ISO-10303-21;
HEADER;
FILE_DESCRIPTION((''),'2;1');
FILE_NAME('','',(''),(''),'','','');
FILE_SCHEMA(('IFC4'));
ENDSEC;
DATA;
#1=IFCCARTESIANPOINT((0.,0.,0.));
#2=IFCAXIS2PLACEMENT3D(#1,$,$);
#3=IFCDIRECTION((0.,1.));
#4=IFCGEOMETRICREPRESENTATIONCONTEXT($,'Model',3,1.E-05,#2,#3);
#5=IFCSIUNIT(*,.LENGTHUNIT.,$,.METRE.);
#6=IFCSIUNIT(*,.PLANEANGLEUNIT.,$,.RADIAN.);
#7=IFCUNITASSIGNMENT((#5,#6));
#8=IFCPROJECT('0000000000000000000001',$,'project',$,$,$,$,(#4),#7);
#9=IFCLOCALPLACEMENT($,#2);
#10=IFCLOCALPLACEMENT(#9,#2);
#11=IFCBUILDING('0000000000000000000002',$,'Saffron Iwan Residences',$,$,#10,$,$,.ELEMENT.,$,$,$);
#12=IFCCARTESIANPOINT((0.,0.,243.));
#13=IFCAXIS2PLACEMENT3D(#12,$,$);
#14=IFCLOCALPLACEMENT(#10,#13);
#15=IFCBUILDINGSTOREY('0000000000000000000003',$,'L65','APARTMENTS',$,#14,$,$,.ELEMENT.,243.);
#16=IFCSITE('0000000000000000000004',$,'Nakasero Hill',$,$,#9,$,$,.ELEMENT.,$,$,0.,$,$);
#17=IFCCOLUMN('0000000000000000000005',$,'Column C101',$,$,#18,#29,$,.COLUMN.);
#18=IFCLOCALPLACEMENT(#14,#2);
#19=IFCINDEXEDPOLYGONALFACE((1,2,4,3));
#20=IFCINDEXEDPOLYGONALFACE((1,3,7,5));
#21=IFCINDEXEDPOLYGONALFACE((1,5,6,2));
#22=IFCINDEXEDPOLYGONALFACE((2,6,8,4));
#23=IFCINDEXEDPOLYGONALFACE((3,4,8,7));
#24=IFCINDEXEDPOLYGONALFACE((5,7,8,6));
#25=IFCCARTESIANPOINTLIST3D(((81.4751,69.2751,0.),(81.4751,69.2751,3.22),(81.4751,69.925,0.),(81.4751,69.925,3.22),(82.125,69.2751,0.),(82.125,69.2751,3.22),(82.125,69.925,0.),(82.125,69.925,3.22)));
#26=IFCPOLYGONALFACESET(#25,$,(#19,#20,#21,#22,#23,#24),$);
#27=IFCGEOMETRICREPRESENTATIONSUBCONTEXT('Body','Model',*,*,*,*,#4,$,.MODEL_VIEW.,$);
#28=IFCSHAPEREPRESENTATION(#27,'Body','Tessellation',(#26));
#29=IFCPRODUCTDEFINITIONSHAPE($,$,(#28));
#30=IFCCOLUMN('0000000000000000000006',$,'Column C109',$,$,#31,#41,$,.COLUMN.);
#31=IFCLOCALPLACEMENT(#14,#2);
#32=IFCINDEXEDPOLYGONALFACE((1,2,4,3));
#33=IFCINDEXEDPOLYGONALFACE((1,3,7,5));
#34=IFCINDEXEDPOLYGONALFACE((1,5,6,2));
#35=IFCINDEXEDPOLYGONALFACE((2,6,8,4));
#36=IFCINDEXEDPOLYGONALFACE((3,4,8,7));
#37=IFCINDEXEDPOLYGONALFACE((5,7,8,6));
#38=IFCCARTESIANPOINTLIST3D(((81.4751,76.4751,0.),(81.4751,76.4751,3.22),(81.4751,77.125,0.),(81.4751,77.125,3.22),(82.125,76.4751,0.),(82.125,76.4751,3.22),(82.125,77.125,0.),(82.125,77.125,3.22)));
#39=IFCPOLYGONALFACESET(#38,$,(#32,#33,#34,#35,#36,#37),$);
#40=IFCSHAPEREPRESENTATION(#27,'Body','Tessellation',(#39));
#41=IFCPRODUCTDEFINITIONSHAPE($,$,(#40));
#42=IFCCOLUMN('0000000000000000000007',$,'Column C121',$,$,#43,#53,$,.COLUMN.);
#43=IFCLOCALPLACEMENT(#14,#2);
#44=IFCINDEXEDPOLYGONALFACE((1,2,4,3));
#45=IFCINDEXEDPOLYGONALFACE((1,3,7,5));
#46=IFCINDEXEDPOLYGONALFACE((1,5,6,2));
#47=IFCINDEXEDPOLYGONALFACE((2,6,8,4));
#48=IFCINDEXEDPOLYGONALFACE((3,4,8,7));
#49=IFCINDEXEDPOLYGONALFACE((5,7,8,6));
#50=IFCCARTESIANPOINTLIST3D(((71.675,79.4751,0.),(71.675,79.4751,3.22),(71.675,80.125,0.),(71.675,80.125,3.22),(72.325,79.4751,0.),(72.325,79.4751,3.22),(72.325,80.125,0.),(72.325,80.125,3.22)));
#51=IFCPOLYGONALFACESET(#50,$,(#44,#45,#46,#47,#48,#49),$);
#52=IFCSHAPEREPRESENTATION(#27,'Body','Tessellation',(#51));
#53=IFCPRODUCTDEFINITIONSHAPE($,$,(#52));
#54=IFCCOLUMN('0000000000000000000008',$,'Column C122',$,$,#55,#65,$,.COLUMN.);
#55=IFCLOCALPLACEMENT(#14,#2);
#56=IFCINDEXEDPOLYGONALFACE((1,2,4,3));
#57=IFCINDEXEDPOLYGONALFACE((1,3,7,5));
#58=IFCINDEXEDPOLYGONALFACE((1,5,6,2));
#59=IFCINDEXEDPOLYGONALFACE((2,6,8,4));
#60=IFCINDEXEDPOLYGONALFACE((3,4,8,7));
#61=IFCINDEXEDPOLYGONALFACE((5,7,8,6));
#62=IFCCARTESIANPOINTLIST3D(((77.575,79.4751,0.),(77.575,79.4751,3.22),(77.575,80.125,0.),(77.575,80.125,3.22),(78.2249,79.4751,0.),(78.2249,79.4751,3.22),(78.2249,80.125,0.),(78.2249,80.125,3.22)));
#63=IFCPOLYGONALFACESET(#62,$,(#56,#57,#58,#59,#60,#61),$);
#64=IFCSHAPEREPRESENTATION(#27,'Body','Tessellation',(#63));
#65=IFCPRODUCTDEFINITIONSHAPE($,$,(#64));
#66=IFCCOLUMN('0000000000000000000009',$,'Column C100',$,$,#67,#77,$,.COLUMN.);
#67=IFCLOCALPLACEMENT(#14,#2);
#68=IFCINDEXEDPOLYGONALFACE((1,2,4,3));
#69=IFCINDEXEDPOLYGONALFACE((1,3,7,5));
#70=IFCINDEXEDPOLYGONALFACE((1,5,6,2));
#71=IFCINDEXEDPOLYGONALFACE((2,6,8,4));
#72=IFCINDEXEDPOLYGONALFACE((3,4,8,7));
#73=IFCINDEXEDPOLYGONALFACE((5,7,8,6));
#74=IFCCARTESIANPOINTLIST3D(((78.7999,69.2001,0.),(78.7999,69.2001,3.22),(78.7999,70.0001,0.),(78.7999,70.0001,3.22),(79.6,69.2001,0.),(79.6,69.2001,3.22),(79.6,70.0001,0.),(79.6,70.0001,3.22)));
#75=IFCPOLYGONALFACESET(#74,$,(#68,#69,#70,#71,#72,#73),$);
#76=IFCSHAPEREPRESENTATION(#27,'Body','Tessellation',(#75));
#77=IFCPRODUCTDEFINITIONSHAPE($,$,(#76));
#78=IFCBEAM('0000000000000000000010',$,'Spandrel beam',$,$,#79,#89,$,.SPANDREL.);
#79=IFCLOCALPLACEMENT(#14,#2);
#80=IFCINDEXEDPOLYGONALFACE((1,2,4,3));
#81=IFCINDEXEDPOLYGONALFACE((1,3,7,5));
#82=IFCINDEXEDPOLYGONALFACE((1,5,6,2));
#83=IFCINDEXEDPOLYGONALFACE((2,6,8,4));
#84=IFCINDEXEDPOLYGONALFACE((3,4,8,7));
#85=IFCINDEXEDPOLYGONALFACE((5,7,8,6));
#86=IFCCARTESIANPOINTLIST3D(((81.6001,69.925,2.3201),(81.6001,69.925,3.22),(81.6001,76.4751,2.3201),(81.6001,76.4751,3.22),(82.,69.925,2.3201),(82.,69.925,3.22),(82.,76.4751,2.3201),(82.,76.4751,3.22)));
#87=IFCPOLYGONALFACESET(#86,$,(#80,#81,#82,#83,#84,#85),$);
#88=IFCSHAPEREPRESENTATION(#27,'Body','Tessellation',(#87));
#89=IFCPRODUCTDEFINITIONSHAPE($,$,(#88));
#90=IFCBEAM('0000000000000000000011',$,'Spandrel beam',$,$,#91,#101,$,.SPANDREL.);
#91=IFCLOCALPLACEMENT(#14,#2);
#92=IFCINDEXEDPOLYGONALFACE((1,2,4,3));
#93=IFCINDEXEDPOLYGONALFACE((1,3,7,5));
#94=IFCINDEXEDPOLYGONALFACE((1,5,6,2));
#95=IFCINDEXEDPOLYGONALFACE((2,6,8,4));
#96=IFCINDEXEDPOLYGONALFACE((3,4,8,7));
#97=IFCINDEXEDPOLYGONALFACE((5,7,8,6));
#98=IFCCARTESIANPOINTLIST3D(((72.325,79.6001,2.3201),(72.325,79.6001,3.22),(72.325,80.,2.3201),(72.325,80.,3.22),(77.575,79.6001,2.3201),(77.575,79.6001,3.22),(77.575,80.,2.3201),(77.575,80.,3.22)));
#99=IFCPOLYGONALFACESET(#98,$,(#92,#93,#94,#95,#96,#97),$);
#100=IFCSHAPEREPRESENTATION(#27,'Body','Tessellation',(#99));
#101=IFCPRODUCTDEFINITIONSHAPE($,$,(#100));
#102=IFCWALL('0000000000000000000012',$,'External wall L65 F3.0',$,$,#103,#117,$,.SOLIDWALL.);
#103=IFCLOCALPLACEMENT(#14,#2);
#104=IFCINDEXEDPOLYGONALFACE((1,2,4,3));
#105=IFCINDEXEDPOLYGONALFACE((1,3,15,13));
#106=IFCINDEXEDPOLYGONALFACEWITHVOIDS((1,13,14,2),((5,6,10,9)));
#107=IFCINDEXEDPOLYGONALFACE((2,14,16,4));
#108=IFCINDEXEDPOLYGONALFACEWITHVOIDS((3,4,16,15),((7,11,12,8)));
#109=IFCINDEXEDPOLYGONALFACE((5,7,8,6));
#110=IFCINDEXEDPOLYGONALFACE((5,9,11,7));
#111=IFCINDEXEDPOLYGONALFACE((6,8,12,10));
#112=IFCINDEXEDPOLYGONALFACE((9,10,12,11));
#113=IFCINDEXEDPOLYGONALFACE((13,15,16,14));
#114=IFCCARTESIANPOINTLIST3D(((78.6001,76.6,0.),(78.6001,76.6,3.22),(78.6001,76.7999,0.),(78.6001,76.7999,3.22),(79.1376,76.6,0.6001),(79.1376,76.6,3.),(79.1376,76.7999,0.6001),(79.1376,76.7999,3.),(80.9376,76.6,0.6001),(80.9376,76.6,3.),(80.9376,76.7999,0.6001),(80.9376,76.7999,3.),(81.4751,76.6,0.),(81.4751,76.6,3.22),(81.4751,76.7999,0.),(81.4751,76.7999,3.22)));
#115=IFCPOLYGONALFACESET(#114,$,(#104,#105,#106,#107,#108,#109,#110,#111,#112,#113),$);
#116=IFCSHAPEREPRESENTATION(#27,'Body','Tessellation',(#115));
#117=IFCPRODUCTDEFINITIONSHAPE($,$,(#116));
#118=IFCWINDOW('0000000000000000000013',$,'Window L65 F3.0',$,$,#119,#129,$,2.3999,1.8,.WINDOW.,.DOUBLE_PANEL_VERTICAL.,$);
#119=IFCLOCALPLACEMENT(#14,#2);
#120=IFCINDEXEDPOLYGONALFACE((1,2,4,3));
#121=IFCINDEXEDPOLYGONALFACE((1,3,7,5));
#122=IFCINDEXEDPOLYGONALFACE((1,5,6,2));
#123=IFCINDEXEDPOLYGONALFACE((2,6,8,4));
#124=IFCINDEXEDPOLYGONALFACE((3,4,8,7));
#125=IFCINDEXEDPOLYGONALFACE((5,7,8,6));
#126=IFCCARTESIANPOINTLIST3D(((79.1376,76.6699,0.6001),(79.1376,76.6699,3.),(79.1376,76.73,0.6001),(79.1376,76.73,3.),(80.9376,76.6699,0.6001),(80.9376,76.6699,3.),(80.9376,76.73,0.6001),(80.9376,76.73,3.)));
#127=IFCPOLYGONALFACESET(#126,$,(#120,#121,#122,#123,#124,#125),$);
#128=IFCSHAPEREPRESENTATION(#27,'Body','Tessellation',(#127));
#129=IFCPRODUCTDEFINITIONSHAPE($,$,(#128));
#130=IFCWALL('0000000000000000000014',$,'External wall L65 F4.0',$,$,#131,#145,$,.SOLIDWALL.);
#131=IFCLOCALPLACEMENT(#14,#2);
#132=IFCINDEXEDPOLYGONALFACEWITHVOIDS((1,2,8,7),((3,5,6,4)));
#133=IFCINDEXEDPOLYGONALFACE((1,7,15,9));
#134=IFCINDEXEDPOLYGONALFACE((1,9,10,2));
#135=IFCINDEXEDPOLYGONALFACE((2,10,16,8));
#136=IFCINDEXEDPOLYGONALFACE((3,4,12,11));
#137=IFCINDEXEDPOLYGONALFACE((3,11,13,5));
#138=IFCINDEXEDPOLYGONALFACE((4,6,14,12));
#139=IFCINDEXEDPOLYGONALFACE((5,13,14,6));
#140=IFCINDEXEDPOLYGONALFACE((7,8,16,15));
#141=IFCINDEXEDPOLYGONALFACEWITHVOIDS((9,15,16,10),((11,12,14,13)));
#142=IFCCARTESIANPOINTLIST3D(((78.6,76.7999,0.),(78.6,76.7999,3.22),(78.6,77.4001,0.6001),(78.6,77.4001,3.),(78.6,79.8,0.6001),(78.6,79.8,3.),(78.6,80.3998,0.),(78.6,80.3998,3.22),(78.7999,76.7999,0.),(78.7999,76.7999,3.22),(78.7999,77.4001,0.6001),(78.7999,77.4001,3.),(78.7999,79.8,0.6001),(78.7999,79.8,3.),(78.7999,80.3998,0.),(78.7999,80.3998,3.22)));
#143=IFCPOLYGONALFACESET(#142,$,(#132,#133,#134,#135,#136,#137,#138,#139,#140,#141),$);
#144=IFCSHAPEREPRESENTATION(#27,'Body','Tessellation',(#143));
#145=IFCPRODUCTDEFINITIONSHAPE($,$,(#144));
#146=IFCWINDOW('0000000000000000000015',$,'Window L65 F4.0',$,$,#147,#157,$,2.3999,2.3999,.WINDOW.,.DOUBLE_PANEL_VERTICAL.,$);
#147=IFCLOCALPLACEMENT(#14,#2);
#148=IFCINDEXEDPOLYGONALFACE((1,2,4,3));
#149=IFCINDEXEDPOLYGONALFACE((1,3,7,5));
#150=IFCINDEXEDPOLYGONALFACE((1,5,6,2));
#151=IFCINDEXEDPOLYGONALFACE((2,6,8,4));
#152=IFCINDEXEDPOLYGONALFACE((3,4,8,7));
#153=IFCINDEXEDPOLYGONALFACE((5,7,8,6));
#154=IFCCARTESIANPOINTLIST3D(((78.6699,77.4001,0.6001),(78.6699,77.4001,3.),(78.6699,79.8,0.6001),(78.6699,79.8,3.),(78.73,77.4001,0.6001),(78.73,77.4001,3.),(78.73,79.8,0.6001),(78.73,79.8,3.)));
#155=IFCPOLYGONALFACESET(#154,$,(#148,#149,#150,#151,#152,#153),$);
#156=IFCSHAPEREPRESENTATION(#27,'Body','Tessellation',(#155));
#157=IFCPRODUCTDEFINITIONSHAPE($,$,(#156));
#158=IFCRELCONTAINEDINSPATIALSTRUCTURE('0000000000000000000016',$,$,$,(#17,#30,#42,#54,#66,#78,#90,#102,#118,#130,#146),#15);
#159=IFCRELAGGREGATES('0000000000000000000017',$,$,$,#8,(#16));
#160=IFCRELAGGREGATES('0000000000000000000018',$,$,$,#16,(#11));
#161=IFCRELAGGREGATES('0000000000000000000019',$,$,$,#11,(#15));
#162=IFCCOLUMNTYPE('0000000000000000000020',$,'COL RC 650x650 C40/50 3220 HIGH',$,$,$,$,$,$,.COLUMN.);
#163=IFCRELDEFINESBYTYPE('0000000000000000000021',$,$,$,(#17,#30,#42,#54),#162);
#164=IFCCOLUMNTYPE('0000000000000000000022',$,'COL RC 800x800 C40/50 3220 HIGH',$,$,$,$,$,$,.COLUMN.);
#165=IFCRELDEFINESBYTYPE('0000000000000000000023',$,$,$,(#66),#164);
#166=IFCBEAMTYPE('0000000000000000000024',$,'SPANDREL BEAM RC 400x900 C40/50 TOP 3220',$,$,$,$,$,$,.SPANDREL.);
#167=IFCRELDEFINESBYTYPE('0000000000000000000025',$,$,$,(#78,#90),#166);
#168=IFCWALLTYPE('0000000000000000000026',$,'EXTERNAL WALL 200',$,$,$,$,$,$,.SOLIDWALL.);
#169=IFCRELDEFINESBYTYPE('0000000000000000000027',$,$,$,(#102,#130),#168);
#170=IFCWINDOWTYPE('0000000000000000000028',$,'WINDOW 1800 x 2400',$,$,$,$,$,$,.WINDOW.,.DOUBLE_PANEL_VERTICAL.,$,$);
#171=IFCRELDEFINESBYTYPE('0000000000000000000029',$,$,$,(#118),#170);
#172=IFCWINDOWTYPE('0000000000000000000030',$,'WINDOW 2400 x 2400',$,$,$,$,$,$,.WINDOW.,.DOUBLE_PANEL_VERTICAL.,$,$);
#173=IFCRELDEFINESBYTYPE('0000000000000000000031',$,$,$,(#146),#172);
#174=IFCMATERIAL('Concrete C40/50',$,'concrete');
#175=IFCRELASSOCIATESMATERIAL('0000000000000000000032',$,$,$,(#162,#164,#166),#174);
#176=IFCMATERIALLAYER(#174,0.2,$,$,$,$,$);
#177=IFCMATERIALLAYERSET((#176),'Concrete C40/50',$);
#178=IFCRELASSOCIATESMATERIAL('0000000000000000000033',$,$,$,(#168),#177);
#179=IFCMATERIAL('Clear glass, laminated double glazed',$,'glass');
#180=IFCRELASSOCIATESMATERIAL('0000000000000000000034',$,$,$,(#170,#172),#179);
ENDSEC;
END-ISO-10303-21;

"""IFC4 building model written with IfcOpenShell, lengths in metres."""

from ifc_helpers import new_model, si_unit, direction, frame, frame_2d, origin, origin_2d, place, context, subcontext, project, spatial, rectangle, extrude, source, transform, mapped, material, layer, layer_set, material_profile, profile_set, type_object, element, fill, save


model = new_model("IFC4")

# Units and contexts
model_context = context("Model", 3, precision=1e-05, world=origin(), true_north=direction((0.0, 1.0)))
body_context = subcontext(model_context, "Body", "Model", "MODEL_VIEW")
ifc_project = project(units=[si_unit("LENGTHUNIT", "METRE"), si_unit("PLANEANGLEUNIT", "RADIAN")], contexts=[model_context])

# Site, building, storey
site_placement = place(None, origin())
site = spatial("IfcSite", under=ifc_project, at=site_placement, Name="Nakasero Hill", CompositionType="ELEMENT", RefElevation=0.0)
building_placement = place(site_placement, origin())
building = spatial("IfcBuilding", under=site, at=building_placement, Name="Saffron Iwan Residences", CompositionType="ELEMENT")
storey_placement = place(building_placement, frame((0.0, 0.0, 243.0)))
storey = spatial("IfcBuildingStorey", under=building, at=storey_placement, Name="L65", Description="APARTMENTS", CompositionType="ELEMENT", Elevation=243.0)

# Columns
ifc_material_1 = material(Name="Concrete C40/50", Category="concrete")
ifc_material_profile_1 = material_profile(ifc_material_1, rectangle(XDim=0.6499, YDim=0.6499, at=origin_2d()), Name="RC 650x650")
ifc_profile_set_1 = profile_set([ifc_material_profile_1], Name="Concrete C40/50")
column_type_1 = type_object("IfcColumnType", Name="COL RC 650x650 C40/50 3220 HIGH", PredefinedType="COLUMN", material=ifc_profile_set_1)
shared_shape_1 = source(origin(), body_context, "Body", "SweptSolid", [
    extrude(rectangle(XDim=0.6499, YDim=0.6499, at=origin_2d()), origin(), (0.0, 0.0, 1.0), 3.22),
])
for number, where, z_axis, x_axis, name in (
    (1, (81.8, 69.6001, 0.0), (0.0, 0.0, 1.0), (1.0, 0.0, 0.0), "Column C101"),
    (2, (81.8, 76.8, 0.0), (0.0, 0.0, 1.0), (1.0, 0.0, 0.0), "Column C109"),
    (3, (72.0, 79.8, 0.0), (0.0, 0.0, 1.0), (1.0, 0.0, 0.0), "Column C121"),
    (4, (77.8999, 79.8, 0.0), (0.0, 0.0, 1.0), (1.0, 0.0, 0.0), "Column C122"),
):
    element("IfcColumn", number, at=place(storey_placement, frame(where, z_axis=z_axis, x_axis=x_axis)), inside=storey, type_object=column_type_1, Name=name, PredefinedType="COLUMN", context=body_context, shape_type="MappedRepresentation", body=[
        mapped(shared_shape_1, transform((0.0, 0.0, 0.0))),
    ])
ifc_material_profile_2 = material_profile(ifc_material_1, rectangle(XDim=0.8, YDim=0.8, at=origin_2d()), Name="RC 800x800")
ifc_profile_set_2 = profile_set([ifc_material_profile_2], Name="Concrete C40/50")
column_type_2 = type_object("IfcColumnType", Name="COL RC 800x800 C40/50 3220 HIGH", PredefinedType="COLUMN", material=ifc_profile_set_2)
shared_shape_2 = source(origin(), body_context, "Body", "SweptSolid", [
    extrude(rectangle(XDim=0.8, YDim=0.8, at=origin_2d()), origin(), (0.0, 0.0, 1.0), 3.22),
])
column_placement = place(storey_placement, frame((79.2, 69.6001, 0.0), z_axis=(0.0, 0.0, 1.0), x_axis=(1.0, 0.0, 0.0)))
element("IfcColumn", 5, at=column_placement, inside=storey, type_object=column_type_2, Name="Column C100", PredefinedType="COLUMN", context=body_context, shape_type="MappedRepresentation", body=[
    mapped(shared_shape_2, transform((0.0, 0.0, 0.0))),
])

# Beams
ifc_material_profile_3 = material_profile(ifc_material_1, rectangle(XDim=0.3999, YDim=0.8999, at=origin_2d()), Name="RC 400x900")
ifc_profile_set_3 = profile_set([ifc_material_profile_3], Name="Concrete C40/50")
beam_type = type_object("IfcBeamType", Name="SPANDREL BEAM RC 400x900 C40/50 TOP 3220", PredefinedType="SPANDREL", material=ifc_profile_set_3)
shared_shape_3 = source(origin(), body_context, "Body", "SweptSolid", [
    extrude(rectangle(XDim=0.3999, YDim=0.8999, at=origin_2d()), origin(), (0.0, 0.0, 1.0), 6.55),
])
beam_1_placement = place(storey_placement, frame((81.8, 76.4751, 2.77), z_axis=(0.0, -1.0, 0.0), x_axis=(1.0, 0.0, 0.0)))
element("IfcBeam", 6, at=beam_1_placement, inside=storey, type_object=beam_type, Name="Spandrel beam", PredefinedType="SPANDREL", context=body_context, shape_type="MappedRepresentation", body=[
    mapped(shared_shape_3, transform((0.0, 0.0, 0.0))),
])
shared_shape_4 = source(origin(), body_context, "Body", "SweptSolid", [
    extrude(rectangle(XDim=0.3999, YDim=0.8999, at=origin_2d()), origin(), (0.0, 0.0, 1.0), 5.25),
])
beam_2_placement = place(storey_placement, frame((72.325, 79.8, 2.77), z_axis=(1.0, 0.0, 0.0), x_axis=(0.0, 1.0, 0.0)))
element("IfcBeam", 7, at=beam_2_placement, inside=storey, type_object=beam_type, Name="Spandrel beam", PredefinedType="SPANDREL", context=body_context, shape_type="MappedRepresentation", body=[
    mapped(shared_shape_4, transform((0.0, 0.0, 0.0))),
])

# Walls, openings, windows
ifc_layer_1 = layer(ifc_material_1, 0.2)
ifc_layer_set_1 = layer_set([ifc_layer_1], Name="Concrete C40/50")
wall_type_1 = type_object("IfcWallType", Name="EXTERNAL WALL 200", PredefinedType="SOLIDWALL", material=ifc_layer_set_1)
wall_1_placement = place(storey_placement, frame((81.4751, 76.7, 0.0), z_axis=(0.0, 0.0, 1.0), x_axis=(-1.0, 0.0, 0.0)))
wall_1 = element("IfcWall", 8, at=wall_1_placement, inside=storey, type_object=wall_type_1, Name="External wall L65 F3.0", PredefinedType="SOLIDWALL", context=body_context, shape_type="SweptSolid", body=[
    extrude(rectangle(XDim=2.875, YDim=0.2, at=frame_2d((1.4375, 0.0))), origin(), (0.0, 0.0, 1.0), 3.22),
])
opening_1_placement = place(wall_1_placement, frame((0.5376, 0.0, 0.6001)))
opening_1 = element("IfcOpeningElement", 9, at=opening_1_placement, cuts=wall_1, PredefinedType="OPENING", context=body_context, shape_type="SweptSolid", body=[
    extrude(rectangle(XDim=1.8, YDim=2.3999, at=frame_2d((0.8999, 1.2))), frame((0.0, 0.1099, 0.0), z_axis=(0.0, -1.0, 0.0), x_axis=(1.0, 0.0, 0.0)), (0.0, 0.0, 1.0), 0.22),
])
ifc_material_2 = material(Name="Clear glass, laminated double glazed", Category="glass")
window_type_1 = type_object("IfcWindowType", Name="WINDOW 1800 x 2400", PartitioningType="DOUBLE_PANEL_VERTICAL", PredefinedType="WINDOW", material=ifc_material_2)
window_1_placement = place(opening_1_placement, origin())
window_1 = element("IfcWindow", 10, at=window_1_placement, inside=storey, type_object=window_type_1, Name="Window L65 F3.0", OverallHeight=2.3999, OverallWidth=1.8, PartitioningType="DOUBLE_PANEL_VERTICAL", PredefinedType="WINDOW", context=body_context, shape_type="SweptSolid", body=[
    extrude(rectangle(XDim=1.8, YDim=2.3999, at=frame_2d((0.8999, 1.2))), frame((0.0, 0.03, 0.0), z_axis=(0.0, -1.0, 0.0), x_axis=(1.0, 0.0, 0.0)), (0.0, 0.0, 1.0), 0.0601),
])
fill(opening_1, window_1)
wall_2_placement = place(storey_placement, frame((78.7, 76.8, 0.0), z_axis=(0.0, 0.0, 1.0), x_axis=(0.0, 1.0, 0.0)))
wall_2 = element("IfcWall", 11, at=wall_2_placement, inside=storey, type_object=wall_type_1, Name="External wall L65 F4.0", PredefinedType="SOLIDWALL", context=body_context, shape_type="SweptSolid", body=[
    extrude(rectangle(XDim=3.5999, YDim=0.2, at=frame_2d((1.7998, 0.0))), origin(), (0.0, 0.0, 1.0), 3.22),
])
opening_2_placement = place(wall_2_placement, frame((0.6001, 0.0, 0.6001)))
opening_2 = element("IfcOpeningElement", 12, at=opening_2_placement, cuts=wall_2, PredefinedType="OPENING", context=body_context, shape_type="SweptSolid", body=[
    extrude(rectangle(XDim=2.3999, YDim=2.3999, at=frame_2d((1.2, 1.2))), frame((0.0, 0.1099, 0.0), z_axis=(0.0, -1.0, 0.0), x_axis=(1.0, 0.0, 0.0)), (0.0, 0.0, 1.0), 0.22),
])
window_type_2 = type_object("IfcWindowType", Name="WINDOW 2400 x 2400", PartitioningType="DOUBLE_PANEL_VERTICAL", PredefinedType="WINDOW", material=ifc_material_2)
window_2_placement = place(opening_2_placement, origin())
window_2 = element("IfcWindow", 13, at=window_2_placement, inside=storey, type_object=window_type_2, Name="Window L65 F4.0", OverallHeight=2.3999, OverallWidth=2.3999, PartitioningType="DOUBLE_PANEL_VERTICAL", PredefinedType="WINDOW", context=body_context, shape_type="SweptSolid", body=[
    extrude(rectangle(XDim=2.3999, YDim=2.3999, at=frame_2d((1.2, 1.2))), frame((0.0, 0.03, 0.0), z_axis=(0.0, -1.0, 0.0), x_axis=(1.0, 0.0, 0.0)), (0.0, 0.0, 1.0), 0.0601),
])
fill(opening_2, window_2)

save(model, "model.ifc")
